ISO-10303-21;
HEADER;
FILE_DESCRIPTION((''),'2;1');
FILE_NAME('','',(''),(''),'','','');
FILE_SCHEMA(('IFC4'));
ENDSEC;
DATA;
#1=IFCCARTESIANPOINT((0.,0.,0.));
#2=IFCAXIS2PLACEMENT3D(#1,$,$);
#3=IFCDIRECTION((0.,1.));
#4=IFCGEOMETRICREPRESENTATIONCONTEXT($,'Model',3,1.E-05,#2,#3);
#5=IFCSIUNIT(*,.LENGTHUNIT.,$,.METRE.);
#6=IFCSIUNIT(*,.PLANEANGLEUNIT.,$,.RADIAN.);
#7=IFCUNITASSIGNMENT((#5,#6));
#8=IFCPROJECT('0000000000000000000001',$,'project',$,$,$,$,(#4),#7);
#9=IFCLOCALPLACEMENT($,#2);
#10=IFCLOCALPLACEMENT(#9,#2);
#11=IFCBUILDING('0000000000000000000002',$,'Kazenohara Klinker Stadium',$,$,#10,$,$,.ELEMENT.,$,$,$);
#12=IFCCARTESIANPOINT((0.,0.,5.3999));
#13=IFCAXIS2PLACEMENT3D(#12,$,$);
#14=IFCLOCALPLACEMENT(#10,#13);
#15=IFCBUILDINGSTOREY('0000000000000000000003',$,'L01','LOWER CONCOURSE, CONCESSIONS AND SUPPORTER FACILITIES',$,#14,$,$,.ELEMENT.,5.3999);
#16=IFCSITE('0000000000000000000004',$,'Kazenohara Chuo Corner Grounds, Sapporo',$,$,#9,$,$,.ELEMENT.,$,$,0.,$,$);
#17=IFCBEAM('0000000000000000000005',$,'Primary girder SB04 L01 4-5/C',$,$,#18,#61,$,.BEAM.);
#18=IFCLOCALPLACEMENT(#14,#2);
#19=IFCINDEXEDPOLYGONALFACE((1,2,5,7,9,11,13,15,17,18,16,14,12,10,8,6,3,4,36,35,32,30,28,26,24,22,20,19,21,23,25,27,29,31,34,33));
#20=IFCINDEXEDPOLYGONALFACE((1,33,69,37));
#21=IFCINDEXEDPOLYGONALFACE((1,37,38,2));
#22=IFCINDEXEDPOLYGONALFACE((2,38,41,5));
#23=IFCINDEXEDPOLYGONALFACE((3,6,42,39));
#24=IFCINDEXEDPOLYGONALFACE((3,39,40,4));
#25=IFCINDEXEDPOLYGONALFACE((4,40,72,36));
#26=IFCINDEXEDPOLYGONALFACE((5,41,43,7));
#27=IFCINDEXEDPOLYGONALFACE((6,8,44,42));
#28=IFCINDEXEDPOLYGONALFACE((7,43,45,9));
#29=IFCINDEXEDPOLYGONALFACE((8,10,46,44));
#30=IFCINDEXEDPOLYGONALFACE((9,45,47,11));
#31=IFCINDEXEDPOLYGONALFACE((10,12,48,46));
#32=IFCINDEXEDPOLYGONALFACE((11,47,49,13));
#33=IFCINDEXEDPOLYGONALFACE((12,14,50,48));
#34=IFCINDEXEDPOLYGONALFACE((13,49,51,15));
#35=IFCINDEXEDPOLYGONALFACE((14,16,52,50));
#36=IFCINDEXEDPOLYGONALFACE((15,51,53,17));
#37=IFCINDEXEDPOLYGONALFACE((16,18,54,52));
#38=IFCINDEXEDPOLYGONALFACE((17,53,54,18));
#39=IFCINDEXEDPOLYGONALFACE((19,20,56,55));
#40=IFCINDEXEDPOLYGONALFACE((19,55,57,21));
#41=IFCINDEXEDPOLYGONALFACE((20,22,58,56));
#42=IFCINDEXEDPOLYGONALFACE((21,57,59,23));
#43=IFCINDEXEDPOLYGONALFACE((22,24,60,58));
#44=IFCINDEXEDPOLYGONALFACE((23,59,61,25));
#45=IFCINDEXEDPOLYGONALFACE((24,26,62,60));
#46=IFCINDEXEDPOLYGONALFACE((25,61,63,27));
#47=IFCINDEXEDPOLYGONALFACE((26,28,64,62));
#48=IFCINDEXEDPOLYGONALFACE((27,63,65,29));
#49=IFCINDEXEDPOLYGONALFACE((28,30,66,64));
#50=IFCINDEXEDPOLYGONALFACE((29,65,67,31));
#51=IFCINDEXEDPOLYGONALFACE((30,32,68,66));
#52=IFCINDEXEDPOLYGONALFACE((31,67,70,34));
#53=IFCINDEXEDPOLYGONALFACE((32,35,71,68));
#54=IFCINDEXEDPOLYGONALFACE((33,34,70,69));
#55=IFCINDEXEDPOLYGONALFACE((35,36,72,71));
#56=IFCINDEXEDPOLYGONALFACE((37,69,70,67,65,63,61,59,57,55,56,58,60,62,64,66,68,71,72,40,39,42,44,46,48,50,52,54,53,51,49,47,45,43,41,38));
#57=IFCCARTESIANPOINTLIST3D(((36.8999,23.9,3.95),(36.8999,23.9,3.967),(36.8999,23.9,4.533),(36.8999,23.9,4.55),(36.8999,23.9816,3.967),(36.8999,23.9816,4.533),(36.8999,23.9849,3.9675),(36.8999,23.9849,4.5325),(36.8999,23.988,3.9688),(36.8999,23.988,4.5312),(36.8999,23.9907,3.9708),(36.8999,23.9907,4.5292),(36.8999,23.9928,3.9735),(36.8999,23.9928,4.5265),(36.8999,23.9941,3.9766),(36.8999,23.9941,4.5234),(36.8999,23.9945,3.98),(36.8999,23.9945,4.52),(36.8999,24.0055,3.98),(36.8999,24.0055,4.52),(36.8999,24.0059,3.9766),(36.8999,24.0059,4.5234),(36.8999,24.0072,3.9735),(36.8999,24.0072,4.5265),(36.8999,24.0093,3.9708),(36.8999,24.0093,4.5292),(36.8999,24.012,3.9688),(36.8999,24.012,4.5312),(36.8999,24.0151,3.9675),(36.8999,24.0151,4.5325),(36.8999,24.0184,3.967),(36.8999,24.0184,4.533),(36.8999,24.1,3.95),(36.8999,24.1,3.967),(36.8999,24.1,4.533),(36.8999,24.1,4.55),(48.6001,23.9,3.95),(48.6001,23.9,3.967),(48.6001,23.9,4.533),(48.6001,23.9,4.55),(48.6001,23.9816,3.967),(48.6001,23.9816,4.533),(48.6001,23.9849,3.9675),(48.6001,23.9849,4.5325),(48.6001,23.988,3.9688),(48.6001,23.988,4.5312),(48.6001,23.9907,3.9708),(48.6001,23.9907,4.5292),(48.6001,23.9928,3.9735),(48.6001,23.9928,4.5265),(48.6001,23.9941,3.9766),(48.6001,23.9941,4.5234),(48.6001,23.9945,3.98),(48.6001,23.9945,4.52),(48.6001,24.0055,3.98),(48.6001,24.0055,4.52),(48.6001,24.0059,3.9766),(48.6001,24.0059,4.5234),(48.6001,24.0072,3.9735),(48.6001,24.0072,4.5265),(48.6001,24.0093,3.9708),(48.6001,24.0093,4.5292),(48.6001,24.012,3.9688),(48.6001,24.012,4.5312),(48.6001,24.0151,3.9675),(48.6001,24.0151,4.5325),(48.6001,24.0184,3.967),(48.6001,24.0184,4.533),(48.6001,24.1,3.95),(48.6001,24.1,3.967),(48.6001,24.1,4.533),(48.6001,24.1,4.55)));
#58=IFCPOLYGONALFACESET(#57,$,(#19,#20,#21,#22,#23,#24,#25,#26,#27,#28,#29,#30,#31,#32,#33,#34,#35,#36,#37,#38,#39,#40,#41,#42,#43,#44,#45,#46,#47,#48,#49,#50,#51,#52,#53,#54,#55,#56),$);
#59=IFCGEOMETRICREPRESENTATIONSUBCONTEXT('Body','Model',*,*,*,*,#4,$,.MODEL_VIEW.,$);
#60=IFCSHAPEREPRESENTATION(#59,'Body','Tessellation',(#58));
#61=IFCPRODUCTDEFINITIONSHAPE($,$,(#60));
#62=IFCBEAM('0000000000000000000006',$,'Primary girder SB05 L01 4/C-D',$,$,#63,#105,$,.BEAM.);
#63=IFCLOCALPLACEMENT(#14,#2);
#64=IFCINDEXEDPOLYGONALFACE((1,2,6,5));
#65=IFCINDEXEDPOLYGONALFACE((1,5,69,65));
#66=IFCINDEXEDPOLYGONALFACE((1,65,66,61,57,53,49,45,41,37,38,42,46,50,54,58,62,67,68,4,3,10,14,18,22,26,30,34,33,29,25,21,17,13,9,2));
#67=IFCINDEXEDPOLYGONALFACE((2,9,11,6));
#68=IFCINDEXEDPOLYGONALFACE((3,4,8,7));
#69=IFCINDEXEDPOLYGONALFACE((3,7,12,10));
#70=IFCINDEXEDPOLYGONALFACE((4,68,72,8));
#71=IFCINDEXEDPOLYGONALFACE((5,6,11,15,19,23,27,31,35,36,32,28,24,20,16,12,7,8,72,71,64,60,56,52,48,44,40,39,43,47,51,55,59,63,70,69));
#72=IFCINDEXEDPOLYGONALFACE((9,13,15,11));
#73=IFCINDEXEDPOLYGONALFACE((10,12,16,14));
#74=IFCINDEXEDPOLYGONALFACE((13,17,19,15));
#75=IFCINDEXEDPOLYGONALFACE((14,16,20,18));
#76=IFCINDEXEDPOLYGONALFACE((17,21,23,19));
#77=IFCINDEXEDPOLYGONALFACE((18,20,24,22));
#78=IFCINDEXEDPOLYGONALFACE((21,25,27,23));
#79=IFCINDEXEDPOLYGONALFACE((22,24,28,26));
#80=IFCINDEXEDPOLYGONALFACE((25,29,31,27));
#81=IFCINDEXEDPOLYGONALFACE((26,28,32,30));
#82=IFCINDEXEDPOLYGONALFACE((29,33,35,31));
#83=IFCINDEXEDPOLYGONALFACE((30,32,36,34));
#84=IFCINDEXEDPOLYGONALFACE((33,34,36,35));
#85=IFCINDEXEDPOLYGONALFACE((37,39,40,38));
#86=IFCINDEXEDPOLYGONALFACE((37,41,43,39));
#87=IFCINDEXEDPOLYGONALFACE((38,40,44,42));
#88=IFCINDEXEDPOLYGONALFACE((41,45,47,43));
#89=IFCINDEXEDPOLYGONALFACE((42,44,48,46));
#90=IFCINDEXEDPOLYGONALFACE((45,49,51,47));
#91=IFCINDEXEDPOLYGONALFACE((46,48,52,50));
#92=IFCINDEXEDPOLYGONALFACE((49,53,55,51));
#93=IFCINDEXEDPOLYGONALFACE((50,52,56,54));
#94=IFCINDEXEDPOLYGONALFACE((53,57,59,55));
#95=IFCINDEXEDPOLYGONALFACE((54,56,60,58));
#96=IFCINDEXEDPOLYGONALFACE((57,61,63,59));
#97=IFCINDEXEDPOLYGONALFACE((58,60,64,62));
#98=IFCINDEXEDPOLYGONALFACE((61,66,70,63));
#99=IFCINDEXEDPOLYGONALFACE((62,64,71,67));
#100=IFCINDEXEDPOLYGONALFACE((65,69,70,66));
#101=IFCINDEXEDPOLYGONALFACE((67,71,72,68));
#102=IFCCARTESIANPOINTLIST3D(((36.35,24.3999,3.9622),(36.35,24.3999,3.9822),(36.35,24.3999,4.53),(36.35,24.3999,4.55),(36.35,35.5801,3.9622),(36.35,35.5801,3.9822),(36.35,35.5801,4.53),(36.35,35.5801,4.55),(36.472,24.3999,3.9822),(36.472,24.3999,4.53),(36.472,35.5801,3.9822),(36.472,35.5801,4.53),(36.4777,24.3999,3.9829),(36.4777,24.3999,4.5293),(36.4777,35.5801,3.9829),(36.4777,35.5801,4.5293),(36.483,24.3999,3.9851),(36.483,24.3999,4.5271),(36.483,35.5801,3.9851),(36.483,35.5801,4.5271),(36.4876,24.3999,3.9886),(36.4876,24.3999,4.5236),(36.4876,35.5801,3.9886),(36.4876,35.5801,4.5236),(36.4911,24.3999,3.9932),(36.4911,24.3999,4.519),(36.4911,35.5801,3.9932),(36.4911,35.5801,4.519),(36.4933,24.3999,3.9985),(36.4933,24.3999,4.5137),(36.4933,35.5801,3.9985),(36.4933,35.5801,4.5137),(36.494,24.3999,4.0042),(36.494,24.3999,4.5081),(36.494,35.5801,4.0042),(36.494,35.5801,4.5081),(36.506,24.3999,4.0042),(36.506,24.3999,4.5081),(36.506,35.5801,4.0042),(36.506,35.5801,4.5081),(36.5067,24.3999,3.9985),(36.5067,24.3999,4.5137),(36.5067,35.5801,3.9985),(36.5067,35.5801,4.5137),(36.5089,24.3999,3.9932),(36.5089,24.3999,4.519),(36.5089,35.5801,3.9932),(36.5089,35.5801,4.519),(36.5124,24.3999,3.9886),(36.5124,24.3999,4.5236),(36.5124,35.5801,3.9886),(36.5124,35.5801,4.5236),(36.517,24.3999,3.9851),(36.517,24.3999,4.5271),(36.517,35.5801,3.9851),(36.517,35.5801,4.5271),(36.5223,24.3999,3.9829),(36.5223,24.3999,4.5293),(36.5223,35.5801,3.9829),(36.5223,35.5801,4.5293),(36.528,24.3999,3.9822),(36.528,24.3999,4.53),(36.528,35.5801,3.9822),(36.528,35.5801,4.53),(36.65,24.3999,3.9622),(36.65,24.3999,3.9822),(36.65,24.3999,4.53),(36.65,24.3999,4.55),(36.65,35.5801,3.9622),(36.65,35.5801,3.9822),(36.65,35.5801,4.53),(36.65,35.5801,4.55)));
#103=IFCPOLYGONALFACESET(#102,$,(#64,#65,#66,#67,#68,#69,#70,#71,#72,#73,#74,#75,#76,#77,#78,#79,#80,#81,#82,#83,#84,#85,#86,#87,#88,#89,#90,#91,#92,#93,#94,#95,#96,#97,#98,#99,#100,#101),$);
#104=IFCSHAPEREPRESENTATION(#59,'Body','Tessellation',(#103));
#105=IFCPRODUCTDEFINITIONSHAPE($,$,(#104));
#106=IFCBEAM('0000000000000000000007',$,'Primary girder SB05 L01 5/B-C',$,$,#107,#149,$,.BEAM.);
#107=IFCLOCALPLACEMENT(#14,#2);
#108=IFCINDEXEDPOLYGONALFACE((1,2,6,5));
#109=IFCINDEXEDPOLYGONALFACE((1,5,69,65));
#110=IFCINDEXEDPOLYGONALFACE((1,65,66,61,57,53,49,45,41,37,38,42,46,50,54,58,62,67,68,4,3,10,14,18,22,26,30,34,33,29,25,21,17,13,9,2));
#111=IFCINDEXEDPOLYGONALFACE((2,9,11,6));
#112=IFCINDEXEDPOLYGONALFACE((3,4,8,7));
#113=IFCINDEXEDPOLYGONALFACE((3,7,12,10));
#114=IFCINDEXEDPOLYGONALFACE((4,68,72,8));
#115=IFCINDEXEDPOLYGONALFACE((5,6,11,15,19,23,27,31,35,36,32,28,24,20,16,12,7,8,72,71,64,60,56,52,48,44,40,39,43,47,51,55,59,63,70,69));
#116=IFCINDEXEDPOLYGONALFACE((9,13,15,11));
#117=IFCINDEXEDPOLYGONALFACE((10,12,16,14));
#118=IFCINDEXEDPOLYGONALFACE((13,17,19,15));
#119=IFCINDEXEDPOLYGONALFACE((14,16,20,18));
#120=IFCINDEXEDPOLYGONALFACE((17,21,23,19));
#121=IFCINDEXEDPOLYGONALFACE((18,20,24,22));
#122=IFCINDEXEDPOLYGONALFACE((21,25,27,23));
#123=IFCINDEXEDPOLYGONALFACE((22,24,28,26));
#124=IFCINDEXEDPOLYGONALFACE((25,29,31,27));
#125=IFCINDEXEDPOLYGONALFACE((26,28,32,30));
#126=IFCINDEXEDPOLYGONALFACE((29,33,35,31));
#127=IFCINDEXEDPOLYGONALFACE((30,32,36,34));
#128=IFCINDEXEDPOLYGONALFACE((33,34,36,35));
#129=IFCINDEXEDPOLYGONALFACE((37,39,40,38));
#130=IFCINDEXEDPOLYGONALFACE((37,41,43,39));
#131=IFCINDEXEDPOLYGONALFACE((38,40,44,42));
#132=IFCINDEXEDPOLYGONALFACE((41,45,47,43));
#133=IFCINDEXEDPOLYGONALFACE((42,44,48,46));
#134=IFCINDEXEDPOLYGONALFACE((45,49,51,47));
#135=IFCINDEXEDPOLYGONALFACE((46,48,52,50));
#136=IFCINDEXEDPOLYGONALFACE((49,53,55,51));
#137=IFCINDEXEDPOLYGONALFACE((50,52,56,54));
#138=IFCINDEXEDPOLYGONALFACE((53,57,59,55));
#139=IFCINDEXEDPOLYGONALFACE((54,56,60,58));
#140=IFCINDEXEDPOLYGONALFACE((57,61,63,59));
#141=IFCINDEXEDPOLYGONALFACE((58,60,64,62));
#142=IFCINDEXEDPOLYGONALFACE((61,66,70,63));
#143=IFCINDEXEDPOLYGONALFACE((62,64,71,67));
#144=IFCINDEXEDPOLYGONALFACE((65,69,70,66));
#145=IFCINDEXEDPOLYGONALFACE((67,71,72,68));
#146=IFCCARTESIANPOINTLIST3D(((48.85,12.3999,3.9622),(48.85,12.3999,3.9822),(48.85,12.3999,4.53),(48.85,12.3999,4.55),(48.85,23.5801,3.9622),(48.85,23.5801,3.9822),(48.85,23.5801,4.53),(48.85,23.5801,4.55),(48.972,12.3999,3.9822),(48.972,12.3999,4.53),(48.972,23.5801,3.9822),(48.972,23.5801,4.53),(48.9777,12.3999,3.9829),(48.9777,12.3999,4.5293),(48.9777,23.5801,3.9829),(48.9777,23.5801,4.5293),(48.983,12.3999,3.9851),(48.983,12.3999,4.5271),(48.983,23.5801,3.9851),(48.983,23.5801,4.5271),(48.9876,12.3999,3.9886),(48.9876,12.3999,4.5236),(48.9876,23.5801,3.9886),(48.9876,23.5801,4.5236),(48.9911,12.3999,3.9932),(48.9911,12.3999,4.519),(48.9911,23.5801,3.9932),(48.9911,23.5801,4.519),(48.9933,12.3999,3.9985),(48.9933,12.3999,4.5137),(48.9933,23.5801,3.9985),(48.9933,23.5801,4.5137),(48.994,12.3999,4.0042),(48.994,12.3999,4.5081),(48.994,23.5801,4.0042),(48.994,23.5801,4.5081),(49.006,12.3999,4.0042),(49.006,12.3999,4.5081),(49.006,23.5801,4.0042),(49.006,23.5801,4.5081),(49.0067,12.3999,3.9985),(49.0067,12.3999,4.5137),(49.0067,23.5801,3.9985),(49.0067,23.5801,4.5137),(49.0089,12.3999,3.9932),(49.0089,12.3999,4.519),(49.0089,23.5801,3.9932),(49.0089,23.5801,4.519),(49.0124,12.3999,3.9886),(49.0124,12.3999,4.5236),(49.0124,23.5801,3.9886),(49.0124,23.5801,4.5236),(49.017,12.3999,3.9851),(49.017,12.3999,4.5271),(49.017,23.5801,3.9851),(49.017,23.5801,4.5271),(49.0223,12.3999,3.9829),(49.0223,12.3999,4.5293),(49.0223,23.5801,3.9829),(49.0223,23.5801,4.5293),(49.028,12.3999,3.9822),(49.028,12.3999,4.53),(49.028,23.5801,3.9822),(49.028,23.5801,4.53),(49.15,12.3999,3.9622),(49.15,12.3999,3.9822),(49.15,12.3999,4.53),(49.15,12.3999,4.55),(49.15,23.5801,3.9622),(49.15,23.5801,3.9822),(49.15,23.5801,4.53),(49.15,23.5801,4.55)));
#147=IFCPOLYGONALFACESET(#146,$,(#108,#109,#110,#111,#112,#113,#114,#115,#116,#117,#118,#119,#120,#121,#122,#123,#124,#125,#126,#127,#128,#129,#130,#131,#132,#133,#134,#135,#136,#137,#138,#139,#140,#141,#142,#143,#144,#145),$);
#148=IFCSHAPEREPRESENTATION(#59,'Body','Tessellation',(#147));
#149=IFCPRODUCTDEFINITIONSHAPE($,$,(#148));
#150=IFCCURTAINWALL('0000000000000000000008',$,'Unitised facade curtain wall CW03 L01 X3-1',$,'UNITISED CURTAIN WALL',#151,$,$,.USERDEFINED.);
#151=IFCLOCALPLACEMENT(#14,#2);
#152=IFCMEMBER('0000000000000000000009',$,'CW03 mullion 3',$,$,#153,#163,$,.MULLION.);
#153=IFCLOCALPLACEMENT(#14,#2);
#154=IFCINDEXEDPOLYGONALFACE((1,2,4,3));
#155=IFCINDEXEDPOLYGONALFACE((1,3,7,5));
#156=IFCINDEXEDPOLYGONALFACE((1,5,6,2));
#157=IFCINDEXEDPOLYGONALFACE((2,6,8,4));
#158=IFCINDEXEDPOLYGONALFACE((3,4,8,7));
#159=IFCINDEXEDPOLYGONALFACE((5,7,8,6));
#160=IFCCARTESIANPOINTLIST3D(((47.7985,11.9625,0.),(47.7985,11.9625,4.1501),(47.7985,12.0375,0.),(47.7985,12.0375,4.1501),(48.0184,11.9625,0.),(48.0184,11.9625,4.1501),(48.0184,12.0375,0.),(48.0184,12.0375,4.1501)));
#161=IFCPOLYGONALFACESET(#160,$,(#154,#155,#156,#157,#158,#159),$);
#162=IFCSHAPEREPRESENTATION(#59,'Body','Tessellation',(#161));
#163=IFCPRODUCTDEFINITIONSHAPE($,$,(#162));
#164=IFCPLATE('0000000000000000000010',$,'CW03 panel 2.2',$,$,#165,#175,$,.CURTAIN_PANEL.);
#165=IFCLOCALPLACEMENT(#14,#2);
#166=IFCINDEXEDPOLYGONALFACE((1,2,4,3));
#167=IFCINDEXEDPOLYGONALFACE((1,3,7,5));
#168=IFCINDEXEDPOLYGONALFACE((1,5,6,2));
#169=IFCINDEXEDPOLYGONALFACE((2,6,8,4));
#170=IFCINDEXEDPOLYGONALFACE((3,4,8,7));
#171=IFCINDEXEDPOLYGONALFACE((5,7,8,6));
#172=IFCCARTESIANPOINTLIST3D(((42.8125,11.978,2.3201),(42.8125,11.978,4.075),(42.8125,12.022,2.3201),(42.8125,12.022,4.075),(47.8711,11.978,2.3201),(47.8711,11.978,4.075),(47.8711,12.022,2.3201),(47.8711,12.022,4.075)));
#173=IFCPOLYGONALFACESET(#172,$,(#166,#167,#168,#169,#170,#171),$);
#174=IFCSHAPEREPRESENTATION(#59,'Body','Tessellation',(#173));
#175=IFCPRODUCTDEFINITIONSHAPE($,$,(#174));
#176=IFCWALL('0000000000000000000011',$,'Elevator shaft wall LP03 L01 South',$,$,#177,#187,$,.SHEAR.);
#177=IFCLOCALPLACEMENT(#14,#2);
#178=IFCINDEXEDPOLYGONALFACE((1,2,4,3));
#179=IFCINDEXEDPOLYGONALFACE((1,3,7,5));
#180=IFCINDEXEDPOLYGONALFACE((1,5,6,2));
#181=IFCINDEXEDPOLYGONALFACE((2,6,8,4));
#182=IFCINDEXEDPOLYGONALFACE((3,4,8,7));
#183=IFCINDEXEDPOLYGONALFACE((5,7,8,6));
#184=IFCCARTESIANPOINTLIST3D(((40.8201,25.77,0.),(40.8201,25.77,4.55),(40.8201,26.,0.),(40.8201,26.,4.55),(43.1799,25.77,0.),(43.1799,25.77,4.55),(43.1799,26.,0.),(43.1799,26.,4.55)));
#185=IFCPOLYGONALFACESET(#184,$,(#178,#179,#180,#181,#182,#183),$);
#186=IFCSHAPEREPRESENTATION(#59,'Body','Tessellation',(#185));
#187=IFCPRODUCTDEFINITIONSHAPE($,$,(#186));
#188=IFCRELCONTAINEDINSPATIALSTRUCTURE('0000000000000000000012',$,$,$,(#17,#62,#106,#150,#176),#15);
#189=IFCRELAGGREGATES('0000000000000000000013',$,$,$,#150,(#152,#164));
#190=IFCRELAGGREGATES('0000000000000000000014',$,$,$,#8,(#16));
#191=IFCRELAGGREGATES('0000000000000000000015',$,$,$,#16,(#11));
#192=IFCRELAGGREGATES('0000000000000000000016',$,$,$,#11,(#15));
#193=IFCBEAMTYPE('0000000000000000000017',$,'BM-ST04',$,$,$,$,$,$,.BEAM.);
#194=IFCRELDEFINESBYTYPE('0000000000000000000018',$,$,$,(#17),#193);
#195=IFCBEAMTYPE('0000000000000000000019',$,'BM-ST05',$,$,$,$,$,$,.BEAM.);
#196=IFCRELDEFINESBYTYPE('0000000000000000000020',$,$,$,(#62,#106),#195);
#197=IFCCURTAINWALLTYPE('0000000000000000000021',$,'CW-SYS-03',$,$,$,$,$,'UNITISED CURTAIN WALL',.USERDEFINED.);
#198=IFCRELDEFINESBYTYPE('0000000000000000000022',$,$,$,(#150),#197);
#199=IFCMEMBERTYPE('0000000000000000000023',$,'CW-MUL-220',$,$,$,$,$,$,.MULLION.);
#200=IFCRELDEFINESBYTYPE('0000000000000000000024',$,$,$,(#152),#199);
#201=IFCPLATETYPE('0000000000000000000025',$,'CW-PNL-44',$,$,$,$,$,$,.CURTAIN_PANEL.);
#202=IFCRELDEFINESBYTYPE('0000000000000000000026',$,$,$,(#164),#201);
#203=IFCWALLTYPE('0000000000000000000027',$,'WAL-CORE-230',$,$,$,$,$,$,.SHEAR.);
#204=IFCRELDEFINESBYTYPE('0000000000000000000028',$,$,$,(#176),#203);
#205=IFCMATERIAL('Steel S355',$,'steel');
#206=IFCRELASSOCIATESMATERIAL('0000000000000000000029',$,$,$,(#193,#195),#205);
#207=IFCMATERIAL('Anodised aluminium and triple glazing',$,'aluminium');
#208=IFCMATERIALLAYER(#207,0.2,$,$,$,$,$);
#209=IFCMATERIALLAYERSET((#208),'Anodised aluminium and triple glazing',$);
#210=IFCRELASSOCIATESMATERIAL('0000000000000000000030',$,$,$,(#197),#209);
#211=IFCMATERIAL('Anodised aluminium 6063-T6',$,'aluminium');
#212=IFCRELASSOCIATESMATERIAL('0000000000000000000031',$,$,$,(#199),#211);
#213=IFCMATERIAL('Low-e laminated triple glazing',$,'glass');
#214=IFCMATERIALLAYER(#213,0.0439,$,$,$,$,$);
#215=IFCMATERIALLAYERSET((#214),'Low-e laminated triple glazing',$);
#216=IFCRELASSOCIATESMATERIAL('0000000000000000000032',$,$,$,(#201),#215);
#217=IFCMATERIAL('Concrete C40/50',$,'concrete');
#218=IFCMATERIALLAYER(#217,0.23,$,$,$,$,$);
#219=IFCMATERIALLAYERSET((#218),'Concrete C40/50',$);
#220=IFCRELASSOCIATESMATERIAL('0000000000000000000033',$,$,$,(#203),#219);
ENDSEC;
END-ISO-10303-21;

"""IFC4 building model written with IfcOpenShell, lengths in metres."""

from ifc_helpers import new_model, si_unit, direction, frame, frame_2d, origin, origin_2d, place, context, subcontext, project, spatial, rectangle, i_section, extrude, material, layer, layer_set, material_profile, profile_set, type_object, element, aggregate, save


model = new_model("IFC4")

# Units and contexts
model_context = context("Model", 3, precision=1e-05, world=origin(), true_north=direction((0.0, 1.0)))
body_context = subcontext(model_context, "Body", "Model", "MODEL_VIEW")
ifc_project = project(units=[si_unit("LENGTHUNIT", "METRE"), si_unit("PLANEANGLEUNIT", "RADIAN")], contexts=[model_context])

# Site, building, storey
site_placement = place(None, origin())
site = spatial("IfcSite", under=ifc_project, at=site_placement, Name="Kazenohara Chuo Corner Grounds, Sapporo", CompositionType="ELEMENT", RefElevation=0.0)
building_placement = place(site_placement, origin())
building = spatial("IfcBuilding", under=site, at=building_placement, Name="Kazenohara Klinker Stadium", CompositionType="ELEMENT")
storey_placement = place(building_placement, frame((0.0, 0.0, 5.3999)))
storey = spatial("IfcBuildingStorey", under=building, at=storey_placement, Name="L01", Description="LOWER CONCOURSE, CONCESSIONS AND SUPPORTER FACILITIES", CompositionType="ELEMENT", Elevation=5.3999)

# Shared definitions
ifc_material_1 = material(Name="Concrete C40/50", Category="concrete")

# Beams
ifc_material_2 = material(Name="Steel S355", Category="steel")
ifc_material_profile_1 = material_profile(ifc_material_2, i_section(OverallWidth=0.2, OverallDepth=0.6001, WebThickness=0.011, FlangeThickness=0.0171, FilletRadius=0.0129, at=origin_2d()), Name="H-600x200x11x17")
ifc_profile_set_1 = profile_set([ifc_material_profile_1], Name="Steel S355")
beam_type_1 = type_object("IfcBeamType", Name="BM-ST04", PredefinedType="BEAM", material=ifc_profile_set_1)
beam_1_placement = place(storey_placement, frame((36.8999, 24.0, 4.25), z_axis=(1.0, 0.0, 0.0), x_axis=(0.0, 1.0, 0.0)))
element("IfcBeam", 1, at=beam_1_placement, inside=storey, type_object=beam_type_1, Name="Primary girder SB04 L01 4-5/C", PredefinedType="BEAM", context=body_context, shape_type="SweptSolid", body=[
    extrude(i_section(OverallWidth=0.2, OverallDepth=0.6001, WebThickness=0.011, FlangeThickness=0.0171, FilletRadius=0.0129, at=origin_2d()), origin(), (0.0, 0.0, 1.0), 11.7002),
])
ifc_material_profile_2 = material_profile(ifc_material_2, i_section(OverallWidth=0.3, OverallDepth=0.5879, WebThickness=0.012, FlangeThickness=0.02, FilletRadius=0.022, at=origin_2d()), Name="H-588x300x12x20")
ifc_profile_set_2 = profile_set([ifc_material_profile_2], Name="Steel S355")
beam_type_2 = type_object("IfcBeamType", Name="BM-ST05", PredefinedType="BEAM", material=ifc_profile_set_2)
for number, where, z_axis, x_axis, name in (
    (2, (36.5, 24.3999, 4.2561), (0.0, 1.0, 0.0), (-1.0, 0.0, 0.0), "Primary girder SB05 L01 4/C-D"),
    (3, (49.0, 12.3999, 4.2561), (0.0, 1.0, 0.0), (-1.0, 0.0, 0.0), "Primary girder SB05 L01 5/B-C"),
):
    element("IfcBeam", number, at=place(storey_placement, frame(where, z_axis=z_axis, x_axis=x_axis)), inside=storey, type_object=beam_type_2, Name=name, PredefinedType="BEAM", context=body_context, shape_type="SweptSolid", body=[
        extrude(i_section(OverallWidth=0.3, OverallDepth=0.5879, WebThickness=0.012, FlangeThickness=0.02, FilletRadius=0.022, at=origin_2d()), origin(), (0.0, 0.0, 1.0), 11.1802),
    ])

# Curtain wall, member, plate
ifc_material_3 = material(Name="Anodised aluminium and triple glazing", Category="aluminium")
ifc_layer_1 = layer(ifc_material_3, 0.2)
ifc_layer_set_1 = layer_set([ifc_layer_1], Name="Anodised aluminium and triple glazing")
curtain_wall_type = type_object("IfcCurtainWallType", Name="CW-SYS-03", ElementType="UNITISED CURTAIN WALL", PredefinedType="USERDEFINED", material=ifc_layer_set_1)
curtain_wall_placement = place(storey_placement, origin())
curtain_wall = element("IfcCurtainWall", 4, at=curtain_wall_placement, inside=storey, type_object=curtain_wall_type, Name="Unitised facade curtain wall CW03 L01 X3-1", ObjectType="UNITISED CURTAIN WALL", PredefinedType="USERDEFINED")
ifc_material_4 = material(Name="Anodised aluminium 6063-T6", Category="aluminium")
ifc_material_profile_3 = material_profile(ifc_material_4, rectangle(XDim=0.075, YDim=0.22, at=origin_2d()), Name="ALU-MUL-75x220")
ifc_profile_set_3 = profile_set([ifc_material_profile_3], Name="Anodised aluminium 6063-T6")
member_type = type_object("IfcMemberType", Name="CW-MUL-220", PredefinedType="MULLION", material=ifc_profile_set_3)
member_placement = place(storey_placement, frame((47.9084, 12.0, 0.0), z_axis=(0.0, 0.0, 1.0), x_axis=(0.0, 1.0, 0.0)))
member = element("IfcMember", 5, at=member_placement, type_object=member_type, Name="CW03 mullion 3", PredefinedType="MULLION", context=body_context, shape_type="SweptSolid", body=[
    extrude(rectangle(XDim=0.075, YDim=0.22, at=origin_2d()), origin(), (0.0, 0.0, 1.0), 4.1501),
])
ifc_material_5 = material(Name="Low-e laminated triple glazing", Category="glass")
ifc_layer_2 = layer(ifc_material_5, 0.0439)
ifc_layer_set_2 = layer_set([ifc_layer_2], Name="Low-e laminated triple glazing")
plate_type = type_object("IfcPlateType", Name="CW-PNL-44", PredefinedType="CURTAIN_PANEL", material=ifc_layer_set_2)
plate_placement = place(storey_placement, frame((45.3418, 12.0, 2.3201), z_axis=(0.0, 0.0, 1.0), x_axis=(1.0, 0.0, 0.0)))
plate = element("IfcPlate", 6, at=plate_placement, type_object=plate_type, Name="CW03 panel 2.2", PredefinedType="CURTAIN_PANEL", context=body_context, shape_type="SweptSolid", body=[
    extrude(rectangle(XDim=5.0586, YDim=0.0439, at=origin_2d()), origin(), (0.0, 0.0, 1.0), 1.7549),
])
aggregate(curtain_wall, [member, plate])

# Wall
ifc_layer_3 = layer(ifc_material_1, 0.23)
ifc_layer_set_3 = layer_set([ifc_layer_3], Name="Concrete C40/50")
wall_type_1 = type_object("IfcWallType", Name="WAL-CORE-230", PredefinedType="SHEAR", material=ifc_layer_set_3)
wall_1_placement = place(storey_placement, frame((40.8201, 25.885, 0.0), z_axis=(0.0, 0.0, 1.0), x_axis=(1.0, 0.0, 0.0)))
element("IfcWall", 7, at=wall_1_placement, inside=storey, type_object=wall_type_1, Name="Elevator shaft wall LP03 L01 South", PredefinedType="SHEAR", context=body_context, shape_type="SweptSolid", body=[
    extrude(rectangle(XDim=2.3599, YDim=0.23, at=frame_2d((1.1799, 0.0))), origin(), (0.0, 0.0, 1.0), 4.55),
])

save(model, "model.ifc")
